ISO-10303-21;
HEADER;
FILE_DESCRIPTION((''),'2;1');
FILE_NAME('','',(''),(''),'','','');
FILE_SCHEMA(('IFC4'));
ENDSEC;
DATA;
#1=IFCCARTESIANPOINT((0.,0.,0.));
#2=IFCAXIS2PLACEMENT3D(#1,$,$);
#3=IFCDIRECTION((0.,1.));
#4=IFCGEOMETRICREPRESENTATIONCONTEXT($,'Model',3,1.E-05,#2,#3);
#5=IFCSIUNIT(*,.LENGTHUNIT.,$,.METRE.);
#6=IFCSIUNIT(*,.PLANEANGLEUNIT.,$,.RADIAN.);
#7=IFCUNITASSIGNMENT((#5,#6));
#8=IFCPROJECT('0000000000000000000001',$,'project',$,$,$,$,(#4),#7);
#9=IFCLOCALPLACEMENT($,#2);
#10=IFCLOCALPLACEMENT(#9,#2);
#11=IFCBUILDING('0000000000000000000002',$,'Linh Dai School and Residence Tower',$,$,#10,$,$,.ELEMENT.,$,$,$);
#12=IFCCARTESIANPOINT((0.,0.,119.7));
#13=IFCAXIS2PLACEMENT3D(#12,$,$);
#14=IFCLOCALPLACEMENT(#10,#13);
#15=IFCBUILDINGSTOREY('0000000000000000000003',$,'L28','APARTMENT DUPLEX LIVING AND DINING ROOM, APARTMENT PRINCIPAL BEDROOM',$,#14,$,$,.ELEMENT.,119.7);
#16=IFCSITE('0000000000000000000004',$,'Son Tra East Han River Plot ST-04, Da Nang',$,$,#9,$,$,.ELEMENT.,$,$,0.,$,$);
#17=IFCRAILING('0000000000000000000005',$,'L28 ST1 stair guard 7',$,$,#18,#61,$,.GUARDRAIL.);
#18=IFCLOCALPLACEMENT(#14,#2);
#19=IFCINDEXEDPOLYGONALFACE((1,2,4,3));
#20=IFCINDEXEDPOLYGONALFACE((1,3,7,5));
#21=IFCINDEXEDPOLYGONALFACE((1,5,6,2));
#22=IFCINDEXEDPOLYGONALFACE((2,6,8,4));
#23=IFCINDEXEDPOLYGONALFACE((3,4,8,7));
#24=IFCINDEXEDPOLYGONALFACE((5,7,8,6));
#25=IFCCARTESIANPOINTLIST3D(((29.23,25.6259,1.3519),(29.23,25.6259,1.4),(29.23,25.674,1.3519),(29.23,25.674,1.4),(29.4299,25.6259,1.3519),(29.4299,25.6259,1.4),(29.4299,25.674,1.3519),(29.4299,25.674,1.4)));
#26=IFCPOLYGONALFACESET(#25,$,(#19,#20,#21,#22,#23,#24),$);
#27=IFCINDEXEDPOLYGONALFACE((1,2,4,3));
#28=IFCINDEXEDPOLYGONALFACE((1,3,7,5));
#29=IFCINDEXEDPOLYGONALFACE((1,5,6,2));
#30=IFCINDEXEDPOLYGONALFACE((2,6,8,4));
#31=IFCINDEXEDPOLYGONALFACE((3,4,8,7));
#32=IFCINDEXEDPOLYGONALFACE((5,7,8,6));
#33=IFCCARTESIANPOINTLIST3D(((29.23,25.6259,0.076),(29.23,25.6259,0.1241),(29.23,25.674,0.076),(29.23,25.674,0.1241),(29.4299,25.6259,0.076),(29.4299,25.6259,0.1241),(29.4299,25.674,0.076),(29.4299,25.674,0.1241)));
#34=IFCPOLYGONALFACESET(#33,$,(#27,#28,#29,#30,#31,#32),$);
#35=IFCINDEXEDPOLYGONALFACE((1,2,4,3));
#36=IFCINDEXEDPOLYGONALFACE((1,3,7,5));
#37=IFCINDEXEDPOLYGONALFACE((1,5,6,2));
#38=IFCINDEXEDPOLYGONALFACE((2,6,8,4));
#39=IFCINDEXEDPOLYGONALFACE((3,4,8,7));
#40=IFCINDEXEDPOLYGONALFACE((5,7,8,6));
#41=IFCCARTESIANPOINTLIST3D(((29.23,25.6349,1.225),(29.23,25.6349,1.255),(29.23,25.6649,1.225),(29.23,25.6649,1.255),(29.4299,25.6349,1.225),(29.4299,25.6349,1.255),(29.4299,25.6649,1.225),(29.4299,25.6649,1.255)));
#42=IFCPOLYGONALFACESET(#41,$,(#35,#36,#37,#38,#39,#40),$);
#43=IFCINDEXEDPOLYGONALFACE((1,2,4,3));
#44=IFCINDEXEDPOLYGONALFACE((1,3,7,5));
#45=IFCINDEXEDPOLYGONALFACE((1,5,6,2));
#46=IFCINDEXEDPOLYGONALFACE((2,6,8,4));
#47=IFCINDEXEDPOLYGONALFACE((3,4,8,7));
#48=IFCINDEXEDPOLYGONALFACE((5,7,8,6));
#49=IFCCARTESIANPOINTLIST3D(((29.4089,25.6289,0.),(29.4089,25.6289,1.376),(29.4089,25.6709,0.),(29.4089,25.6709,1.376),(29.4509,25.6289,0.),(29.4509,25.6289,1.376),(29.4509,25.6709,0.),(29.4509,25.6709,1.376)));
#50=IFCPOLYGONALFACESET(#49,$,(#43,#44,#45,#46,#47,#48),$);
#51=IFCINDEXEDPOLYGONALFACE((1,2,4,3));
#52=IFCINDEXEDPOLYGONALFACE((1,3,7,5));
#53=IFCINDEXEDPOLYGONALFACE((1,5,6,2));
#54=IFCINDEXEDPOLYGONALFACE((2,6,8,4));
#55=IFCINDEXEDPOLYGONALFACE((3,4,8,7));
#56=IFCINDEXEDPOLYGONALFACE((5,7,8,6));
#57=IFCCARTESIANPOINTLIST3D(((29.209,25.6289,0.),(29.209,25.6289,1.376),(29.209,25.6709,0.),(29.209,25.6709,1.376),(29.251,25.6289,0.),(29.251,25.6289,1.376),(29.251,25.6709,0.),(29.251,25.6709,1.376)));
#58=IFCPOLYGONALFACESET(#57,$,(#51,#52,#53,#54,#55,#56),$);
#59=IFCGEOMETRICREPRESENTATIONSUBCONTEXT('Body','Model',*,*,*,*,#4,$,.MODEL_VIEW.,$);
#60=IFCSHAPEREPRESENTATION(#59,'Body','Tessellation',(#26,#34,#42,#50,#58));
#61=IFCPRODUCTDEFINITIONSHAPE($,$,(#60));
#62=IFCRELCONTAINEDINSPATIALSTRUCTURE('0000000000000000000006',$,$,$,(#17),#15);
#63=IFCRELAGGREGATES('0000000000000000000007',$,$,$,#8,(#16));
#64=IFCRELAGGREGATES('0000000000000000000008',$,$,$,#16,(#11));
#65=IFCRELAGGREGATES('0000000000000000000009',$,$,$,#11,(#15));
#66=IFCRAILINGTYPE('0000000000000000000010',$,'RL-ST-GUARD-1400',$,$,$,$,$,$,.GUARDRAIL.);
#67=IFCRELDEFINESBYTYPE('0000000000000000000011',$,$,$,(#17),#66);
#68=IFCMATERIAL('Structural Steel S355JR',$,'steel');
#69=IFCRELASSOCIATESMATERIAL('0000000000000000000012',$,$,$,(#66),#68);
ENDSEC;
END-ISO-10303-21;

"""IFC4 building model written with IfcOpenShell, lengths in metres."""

from ifc_helpers import new_model, si_unit, direction, frame, origin, origin_2d, place, context, subcontext, project, spatial, rectangle, extrude, source, transform, mapped, material, type_object, element, save


model = new_model("IFC4")

# Units and contexts
model_context = context("Model", 3, precision=1e-05, world=origin(), true_north=direction((0.0, 1.0)))
body_context = subcontext(model_context, "Body", "Model", "MODEL_VIEW")
ifc_project = project(units=[si_unit("LENGTHUNIT", "METRE"), si_unit("PLANEANGLEUNIT", "RADIAN")], contexts=[model_context])

# Site, building, storey
site_placement = place(None, origin())
site = spatial("IfcSite", under=ifc_project, at=site_placement, Name="Son Tra East Han River Plot ST-04, Da Nang", CompositionType="ELEMENT", RefElevation=0.0)
building_placement = place(site_placement, origin())
building = spatial("IfcBuilding", under=site, at=building_placement, Name="Linh Dai School and Residence Tower", CompositionType="ELEMENT")
storey_placement = place(building_placement, frame((0.0, 0.0, 119.7)))
storey = spatial("IfcBuildingStorey", under=building, at=storey_placement, Name="L28", Description="APARTMENT DUPLEX LIVING AND DINING ROOM, APARTMENT PRINCIPAL BEDROOM", CompositionType="ELEMENT", Elevation=119.7)

# Shared definitions
ifc_material_1 = material(Name="Structural Steel S355JR", Category="steel")

# Railing
railing_type = type_object("IfcRailingType", Name="RL-ST-GUARD-1400", PredefinedType="GUARDRAIL", material=ifc_material_1)
shared_shape_1 = source(origin(), body_context, "Body", "SweptSolid", [
    extrude(rectangle(XDim=0.0481, YDim=0.0481, at=origin_2d()), frame((0.0, 0.0, 1.376), z_axis=(-1.0, 0.0, 0.0), x_axis=(0.0, -1.0, 0.0)), (0.0, 0.0, 1.0), 0.2),
    extrude(rectangle(XDim=0.0481, YDim=0.0481, at=origin_2d()), frame((0.0, 0.0, 0.1001), z_axis=(-1.0, 0.0, 0.0), x_axis=(0.0, -1.0, 0.0)), (0.0, 0.0, 1.0), 0.2),
    extrude(rectangle(XDim=0.03, YDim=0.03, at=origin_2d()), frame((0.0, 0.0, 1.24), z_axis=(-1.0, 0.0, 0.0), x_axis=(0.0, -1.0, 0.0)), (0.0, 0.0, 1.0), 0.2),
    extrude(rectangle(XDim=0.042, YDim=0.042, at=origin_2d()), origin(), (0.0, 0.0, 1.0), 1.376),
    extrude(rectangle(XDim=0.042, YDim=0.042, at=origin_2d()), frame((-0.2, 0.0, 0.0)), (0.0, 0.0, 1.0), 1.376),
])
railing_1_placement = place(storey_placement, frame((29.4299, 25.6499, 0.0)))
element("IfcRailing", 1, at=railing_1_placement, inside=storey, type_object=railing_type, Name="L28 ST1 stair guard 7", PredefinedType="GUARDRAIL", context=body_context, shape_type="MappedRepresentation", body=[
    mapped(shared_shape_1, transform((0.0, 0.0, 0.0), x_axis=(1.0, 0.0, 0.0), y_axis=(0.0, 1.0, 0.0), z_axis=(0.0, 0.0, 1.0), scale=1.0)),
])

save(model, "model.ifc")
